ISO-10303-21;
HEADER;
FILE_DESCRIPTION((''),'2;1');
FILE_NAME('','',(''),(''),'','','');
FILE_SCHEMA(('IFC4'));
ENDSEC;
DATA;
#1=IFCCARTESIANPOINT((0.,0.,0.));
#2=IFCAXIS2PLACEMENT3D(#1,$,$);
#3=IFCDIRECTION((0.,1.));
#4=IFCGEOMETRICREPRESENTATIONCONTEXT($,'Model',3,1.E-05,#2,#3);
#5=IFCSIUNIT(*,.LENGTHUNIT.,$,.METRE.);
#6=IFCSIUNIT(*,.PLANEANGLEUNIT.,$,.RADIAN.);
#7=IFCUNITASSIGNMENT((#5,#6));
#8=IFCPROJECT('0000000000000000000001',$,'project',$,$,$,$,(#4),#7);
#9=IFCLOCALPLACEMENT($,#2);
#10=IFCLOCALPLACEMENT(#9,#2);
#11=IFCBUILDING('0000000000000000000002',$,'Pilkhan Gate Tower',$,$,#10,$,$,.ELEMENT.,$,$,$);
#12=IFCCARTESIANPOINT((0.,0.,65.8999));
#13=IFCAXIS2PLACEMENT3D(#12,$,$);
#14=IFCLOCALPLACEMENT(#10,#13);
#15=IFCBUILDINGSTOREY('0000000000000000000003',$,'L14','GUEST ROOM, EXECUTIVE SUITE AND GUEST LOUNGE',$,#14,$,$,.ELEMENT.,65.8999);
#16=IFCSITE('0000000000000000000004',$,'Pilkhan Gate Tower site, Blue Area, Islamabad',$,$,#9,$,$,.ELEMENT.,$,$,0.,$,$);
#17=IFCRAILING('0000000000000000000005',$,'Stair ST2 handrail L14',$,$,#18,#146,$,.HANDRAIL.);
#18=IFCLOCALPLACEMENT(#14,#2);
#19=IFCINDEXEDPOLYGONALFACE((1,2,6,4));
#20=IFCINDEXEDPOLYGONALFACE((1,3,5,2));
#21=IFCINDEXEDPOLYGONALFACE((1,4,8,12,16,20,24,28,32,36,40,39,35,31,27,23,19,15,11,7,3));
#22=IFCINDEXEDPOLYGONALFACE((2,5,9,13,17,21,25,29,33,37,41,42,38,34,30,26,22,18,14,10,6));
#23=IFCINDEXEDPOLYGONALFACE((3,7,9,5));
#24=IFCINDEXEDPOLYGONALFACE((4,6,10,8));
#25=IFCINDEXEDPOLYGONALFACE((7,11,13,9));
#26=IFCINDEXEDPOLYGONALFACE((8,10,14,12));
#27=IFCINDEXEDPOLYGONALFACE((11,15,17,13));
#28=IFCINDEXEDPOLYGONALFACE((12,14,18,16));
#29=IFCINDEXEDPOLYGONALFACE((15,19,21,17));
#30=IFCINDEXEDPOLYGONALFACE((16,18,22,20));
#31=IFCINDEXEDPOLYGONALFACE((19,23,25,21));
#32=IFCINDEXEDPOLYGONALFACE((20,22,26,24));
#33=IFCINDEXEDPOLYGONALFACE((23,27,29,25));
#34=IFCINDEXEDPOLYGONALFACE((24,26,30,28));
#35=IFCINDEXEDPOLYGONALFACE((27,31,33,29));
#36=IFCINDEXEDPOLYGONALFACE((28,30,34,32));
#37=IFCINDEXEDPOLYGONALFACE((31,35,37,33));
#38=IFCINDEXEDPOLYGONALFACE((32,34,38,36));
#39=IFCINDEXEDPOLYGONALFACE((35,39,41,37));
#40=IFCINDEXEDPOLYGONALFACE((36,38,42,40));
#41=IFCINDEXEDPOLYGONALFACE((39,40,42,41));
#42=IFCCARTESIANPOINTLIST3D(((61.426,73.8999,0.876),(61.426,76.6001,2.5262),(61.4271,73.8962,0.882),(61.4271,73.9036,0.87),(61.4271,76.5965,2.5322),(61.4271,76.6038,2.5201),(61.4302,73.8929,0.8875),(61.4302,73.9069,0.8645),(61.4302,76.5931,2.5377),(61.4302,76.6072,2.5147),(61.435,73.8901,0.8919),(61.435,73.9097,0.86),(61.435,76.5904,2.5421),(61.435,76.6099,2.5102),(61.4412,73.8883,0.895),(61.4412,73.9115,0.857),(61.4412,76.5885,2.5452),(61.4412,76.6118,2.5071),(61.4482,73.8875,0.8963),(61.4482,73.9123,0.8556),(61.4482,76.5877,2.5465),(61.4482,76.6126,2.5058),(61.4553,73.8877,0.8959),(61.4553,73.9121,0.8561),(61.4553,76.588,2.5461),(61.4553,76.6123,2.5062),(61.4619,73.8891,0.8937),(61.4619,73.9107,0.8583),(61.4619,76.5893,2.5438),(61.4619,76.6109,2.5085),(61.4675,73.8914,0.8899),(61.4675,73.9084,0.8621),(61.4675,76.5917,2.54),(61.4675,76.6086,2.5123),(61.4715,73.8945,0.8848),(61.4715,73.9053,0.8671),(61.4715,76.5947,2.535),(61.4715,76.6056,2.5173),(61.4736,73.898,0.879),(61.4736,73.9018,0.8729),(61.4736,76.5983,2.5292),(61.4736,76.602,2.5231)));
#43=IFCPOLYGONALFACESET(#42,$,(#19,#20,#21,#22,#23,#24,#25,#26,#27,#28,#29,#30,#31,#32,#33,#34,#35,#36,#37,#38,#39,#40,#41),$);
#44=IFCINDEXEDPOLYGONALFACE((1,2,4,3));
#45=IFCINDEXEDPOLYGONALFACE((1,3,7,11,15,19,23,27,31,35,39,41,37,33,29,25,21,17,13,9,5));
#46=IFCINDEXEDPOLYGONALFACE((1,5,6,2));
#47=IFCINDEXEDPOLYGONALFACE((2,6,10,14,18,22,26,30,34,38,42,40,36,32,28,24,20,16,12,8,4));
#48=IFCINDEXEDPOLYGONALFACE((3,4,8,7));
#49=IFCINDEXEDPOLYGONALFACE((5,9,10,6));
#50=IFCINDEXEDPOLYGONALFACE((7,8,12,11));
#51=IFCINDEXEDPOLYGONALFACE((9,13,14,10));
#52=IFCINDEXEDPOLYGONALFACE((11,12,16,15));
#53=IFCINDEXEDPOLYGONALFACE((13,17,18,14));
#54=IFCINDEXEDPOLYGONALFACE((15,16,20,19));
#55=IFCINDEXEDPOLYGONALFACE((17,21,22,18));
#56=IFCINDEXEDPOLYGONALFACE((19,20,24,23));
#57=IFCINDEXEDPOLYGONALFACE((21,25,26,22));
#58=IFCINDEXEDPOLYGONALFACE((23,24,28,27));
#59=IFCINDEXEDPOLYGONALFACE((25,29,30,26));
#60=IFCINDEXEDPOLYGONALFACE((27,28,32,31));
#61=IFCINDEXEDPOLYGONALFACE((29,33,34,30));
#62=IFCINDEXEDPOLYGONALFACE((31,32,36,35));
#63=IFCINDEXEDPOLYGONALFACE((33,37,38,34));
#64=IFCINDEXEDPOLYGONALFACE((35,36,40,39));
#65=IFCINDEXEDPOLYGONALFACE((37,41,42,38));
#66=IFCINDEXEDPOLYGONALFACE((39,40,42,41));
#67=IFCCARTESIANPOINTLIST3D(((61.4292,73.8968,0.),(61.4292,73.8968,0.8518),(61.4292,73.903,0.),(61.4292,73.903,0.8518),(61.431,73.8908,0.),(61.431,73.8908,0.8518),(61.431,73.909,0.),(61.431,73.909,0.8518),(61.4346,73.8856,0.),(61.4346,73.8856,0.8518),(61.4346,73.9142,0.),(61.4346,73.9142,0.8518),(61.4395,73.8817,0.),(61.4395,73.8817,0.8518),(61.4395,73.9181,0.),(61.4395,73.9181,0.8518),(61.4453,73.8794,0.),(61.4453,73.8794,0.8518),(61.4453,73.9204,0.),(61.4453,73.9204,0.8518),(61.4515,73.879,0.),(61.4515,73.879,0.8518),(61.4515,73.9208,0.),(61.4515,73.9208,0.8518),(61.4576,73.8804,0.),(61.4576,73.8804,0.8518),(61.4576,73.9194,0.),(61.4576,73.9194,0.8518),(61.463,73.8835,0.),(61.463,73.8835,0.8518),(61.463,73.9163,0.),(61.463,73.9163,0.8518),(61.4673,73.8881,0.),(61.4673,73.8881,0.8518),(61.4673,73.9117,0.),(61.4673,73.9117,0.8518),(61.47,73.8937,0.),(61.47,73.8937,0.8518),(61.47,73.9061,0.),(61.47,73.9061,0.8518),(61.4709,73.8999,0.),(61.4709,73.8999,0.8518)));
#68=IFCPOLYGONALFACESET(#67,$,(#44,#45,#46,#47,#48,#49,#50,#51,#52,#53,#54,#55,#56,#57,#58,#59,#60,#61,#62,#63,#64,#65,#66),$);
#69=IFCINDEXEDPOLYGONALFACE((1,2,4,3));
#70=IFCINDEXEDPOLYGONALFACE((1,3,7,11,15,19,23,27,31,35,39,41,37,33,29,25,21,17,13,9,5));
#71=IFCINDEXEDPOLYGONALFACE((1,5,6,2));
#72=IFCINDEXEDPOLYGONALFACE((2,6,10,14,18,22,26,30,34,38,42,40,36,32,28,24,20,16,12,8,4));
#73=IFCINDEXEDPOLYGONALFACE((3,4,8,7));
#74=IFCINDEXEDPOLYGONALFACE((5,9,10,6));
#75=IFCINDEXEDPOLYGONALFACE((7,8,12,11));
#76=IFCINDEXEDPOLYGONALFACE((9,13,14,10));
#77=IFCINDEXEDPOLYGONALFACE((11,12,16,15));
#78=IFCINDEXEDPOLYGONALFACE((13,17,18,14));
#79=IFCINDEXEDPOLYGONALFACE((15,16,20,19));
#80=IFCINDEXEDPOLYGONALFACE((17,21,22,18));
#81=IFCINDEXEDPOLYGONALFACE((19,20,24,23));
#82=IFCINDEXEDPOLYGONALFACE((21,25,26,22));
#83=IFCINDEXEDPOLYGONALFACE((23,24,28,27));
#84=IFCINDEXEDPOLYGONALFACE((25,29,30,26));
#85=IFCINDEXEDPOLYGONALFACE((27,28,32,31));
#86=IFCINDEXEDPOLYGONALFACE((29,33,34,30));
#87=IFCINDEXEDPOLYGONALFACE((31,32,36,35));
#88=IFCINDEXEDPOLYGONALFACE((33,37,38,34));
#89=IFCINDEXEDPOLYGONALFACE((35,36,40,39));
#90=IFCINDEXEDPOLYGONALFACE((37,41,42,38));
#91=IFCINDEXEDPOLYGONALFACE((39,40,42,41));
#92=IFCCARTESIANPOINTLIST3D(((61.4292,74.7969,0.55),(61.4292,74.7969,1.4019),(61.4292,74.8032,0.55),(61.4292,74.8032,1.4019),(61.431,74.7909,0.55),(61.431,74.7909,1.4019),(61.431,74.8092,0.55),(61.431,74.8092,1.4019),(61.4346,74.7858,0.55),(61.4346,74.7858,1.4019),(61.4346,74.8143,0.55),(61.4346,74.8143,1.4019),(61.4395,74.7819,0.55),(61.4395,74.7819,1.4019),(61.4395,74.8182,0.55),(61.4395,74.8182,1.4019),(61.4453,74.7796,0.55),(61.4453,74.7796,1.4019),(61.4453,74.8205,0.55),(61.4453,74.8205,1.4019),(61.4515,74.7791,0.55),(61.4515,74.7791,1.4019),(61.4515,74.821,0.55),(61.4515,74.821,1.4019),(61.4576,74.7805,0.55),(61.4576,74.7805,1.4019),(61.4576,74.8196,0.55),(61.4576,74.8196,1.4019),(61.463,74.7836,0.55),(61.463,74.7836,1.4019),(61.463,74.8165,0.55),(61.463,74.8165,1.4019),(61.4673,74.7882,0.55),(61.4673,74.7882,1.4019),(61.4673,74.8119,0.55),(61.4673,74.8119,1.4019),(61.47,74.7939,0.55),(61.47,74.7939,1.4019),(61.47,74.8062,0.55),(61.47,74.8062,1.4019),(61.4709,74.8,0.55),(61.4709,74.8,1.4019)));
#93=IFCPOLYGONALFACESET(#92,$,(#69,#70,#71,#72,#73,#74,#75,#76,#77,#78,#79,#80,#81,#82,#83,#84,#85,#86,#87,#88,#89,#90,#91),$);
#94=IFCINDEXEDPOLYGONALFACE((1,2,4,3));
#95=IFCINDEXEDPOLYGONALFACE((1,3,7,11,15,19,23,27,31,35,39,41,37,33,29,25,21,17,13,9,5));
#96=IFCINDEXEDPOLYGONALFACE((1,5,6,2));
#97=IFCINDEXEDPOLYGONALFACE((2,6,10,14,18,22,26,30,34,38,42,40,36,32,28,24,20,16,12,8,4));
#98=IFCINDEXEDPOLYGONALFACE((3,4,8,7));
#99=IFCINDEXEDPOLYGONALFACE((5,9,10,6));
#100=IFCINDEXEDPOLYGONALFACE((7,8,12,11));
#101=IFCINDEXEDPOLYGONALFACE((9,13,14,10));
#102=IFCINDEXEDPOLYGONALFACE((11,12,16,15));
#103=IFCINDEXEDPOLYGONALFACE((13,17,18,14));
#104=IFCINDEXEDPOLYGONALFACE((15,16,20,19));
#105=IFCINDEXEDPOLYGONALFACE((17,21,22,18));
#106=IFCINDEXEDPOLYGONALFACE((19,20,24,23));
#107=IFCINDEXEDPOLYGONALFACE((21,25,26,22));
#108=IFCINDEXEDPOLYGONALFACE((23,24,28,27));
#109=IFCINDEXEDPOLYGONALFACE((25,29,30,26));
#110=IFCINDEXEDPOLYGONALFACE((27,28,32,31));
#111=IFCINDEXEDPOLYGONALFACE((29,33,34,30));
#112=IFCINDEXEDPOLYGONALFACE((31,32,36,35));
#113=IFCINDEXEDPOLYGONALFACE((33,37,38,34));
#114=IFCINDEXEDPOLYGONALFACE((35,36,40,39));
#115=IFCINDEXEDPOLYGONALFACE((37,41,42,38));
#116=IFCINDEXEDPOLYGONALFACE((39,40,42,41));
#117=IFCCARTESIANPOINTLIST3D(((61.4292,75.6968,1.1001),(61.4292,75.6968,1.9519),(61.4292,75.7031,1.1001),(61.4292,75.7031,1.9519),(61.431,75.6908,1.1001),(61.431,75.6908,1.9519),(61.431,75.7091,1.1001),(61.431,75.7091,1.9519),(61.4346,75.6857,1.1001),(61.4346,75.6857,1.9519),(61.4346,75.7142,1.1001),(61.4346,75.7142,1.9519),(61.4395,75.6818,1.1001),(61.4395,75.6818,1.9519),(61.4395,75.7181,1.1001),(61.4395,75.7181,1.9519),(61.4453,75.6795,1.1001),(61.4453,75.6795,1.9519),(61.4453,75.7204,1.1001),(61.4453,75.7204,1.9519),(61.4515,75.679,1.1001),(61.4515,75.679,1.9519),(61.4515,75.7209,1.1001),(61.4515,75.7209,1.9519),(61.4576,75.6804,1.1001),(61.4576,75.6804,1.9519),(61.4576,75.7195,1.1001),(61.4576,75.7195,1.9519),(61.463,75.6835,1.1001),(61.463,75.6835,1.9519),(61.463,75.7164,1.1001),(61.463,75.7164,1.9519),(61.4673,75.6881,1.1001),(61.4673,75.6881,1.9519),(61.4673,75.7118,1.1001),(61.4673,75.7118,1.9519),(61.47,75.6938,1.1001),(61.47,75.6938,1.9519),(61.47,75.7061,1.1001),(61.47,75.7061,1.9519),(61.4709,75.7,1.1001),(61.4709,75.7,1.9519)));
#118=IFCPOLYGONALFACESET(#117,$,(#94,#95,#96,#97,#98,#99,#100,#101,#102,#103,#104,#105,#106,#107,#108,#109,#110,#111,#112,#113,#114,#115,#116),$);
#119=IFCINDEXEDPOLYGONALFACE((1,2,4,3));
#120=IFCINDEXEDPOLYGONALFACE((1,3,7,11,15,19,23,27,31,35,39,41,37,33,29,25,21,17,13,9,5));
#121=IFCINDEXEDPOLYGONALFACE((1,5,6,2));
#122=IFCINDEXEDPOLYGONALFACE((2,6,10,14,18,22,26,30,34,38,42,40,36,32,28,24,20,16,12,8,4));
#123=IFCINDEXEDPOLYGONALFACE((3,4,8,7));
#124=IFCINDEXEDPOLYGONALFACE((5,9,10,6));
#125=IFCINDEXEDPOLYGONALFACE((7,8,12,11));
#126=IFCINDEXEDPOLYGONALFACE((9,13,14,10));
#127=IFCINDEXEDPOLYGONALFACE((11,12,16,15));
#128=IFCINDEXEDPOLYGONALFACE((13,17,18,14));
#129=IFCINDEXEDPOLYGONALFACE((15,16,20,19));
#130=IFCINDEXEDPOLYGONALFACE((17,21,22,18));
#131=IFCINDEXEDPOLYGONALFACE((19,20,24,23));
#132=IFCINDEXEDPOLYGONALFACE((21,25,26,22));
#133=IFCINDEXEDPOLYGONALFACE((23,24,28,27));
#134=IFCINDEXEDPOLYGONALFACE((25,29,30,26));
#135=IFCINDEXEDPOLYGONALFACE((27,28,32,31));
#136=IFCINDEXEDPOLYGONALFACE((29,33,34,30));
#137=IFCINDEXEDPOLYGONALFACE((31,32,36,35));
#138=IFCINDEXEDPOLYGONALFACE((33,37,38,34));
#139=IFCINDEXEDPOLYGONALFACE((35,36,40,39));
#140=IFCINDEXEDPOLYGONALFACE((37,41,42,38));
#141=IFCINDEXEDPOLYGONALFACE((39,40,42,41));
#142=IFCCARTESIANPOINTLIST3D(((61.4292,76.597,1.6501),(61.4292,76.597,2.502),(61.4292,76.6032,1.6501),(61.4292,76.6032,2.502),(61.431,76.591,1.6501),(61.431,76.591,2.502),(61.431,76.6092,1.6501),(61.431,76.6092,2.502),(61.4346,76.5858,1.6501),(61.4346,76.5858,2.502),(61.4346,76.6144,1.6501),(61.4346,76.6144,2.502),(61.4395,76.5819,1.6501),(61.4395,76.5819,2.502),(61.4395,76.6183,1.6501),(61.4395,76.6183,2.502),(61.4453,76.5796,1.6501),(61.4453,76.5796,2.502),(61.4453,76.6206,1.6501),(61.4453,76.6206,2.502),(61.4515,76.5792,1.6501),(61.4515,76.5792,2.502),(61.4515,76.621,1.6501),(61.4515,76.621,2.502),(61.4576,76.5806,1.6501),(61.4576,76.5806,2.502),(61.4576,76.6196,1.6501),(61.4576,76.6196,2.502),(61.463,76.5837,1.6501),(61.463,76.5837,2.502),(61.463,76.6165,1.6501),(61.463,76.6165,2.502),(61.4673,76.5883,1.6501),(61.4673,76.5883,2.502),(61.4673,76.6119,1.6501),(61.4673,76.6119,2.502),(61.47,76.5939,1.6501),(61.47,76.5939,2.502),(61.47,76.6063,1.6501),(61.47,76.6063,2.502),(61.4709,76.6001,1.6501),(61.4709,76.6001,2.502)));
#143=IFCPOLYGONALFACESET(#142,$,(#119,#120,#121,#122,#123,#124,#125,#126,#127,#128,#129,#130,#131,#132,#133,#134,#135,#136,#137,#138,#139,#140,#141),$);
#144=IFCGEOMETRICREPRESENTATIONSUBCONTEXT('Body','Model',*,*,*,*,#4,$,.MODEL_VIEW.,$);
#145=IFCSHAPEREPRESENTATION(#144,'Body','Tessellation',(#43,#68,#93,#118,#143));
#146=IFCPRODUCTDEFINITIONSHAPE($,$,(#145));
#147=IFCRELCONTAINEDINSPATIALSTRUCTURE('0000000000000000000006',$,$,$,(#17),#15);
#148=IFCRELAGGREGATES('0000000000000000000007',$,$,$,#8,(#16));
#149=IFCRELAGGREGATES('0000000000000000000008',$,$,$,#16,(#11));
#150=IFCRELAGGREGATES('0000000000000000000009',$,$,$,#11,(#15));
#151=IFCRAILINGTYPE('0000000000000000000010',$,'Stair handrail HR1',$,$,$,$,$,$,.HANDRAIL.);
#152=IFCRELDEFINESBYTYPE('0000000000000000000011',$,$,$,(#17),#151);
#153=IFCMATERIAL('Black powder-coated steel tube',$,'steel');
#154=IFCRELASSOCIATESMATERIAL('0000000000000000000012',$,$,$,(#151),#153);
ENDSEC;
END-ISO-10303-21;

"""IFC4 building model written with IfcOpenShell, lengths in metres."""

from ifc_helpers import new_model, si_unit, direction, frame, origin, origin_2d, place, context, subcontext, project, spatial, circle, extrude, material, type_object, element, save


model = new_model("IFC4")

# Units and contexts
model_context = context("Model", 3, precision=1e-05, world=origin(), true_north=direction((0.0, 1.0)))
body_context = subcontext(model_context, "Body", "Model", "MODEL_VIEW")
ifc_project = project(units=[si_unit("LENGTHUNIT", "METRE"), si_unit("PLANEANGLEUNIT", "RADIAN")], contexts=[model_context])

# Site, building, storey
site_placement = place(None, origin())
site = spatial("IfcSite", under=ifc_project, at=site_placement, Name="Pilkhan Gate Tower site, Blue Area, Islamabad", CompositionType="ELEMENT", RefElevation=0.0)
building_placement = place(site_placement, origin())
building = spatial("IfcBuilding", under=site, at=building_placement, Name="Pilkhan Gate Tower", CompositionType="ELEMENT")
storey_placement = place(building_placement, frame((0.0, 0.0, 65.8999)))
storey = spatial("IfcBuildingStorey", under=building, at=storey_placement, Name="L14", Description="GUEST ROOM, EXECUTIVE SUITE AND GUEST LOUNGE", CompositionType="ELEMENT", Elevation=65.8999)

# Railing
ifc_material_1 = material(Name="Black powder-coated steel tube", Category="steel")
railing_type_1 = type_object("IfcRailingType", Name="Stair handrail HR1", PredefinedType="HANDRAIL", material=ifc_material_1)
railing_1_placement = place(storey_placement, frame((61.45, 73.8999, 0.0)))
element("IfcRailing", 1, at=railing_1_placement, inside=storey, type_object=railing_type_1, Name="Stair ST2 handrail L14", PredefinedType="HANDRAIL", context=body_context, shape_type="SweptSolid", body=[
    extrude(circle(Radius=0.0239, at=origin_2d()), frame((0.0, 0.0, 0.876), z_axis=(0.0, 0.853278, 0.521456), x_axis=(-1.0, 0.0, 0.0)), (0.0, 0.0, 1.0), 3.1646),
    extrude(circle(Radius=0.021, at=origin_2d()), origin(), (0.0, 0.0, 1.0), 0.8518),
    extrude(circle(Radius=0.021, at=origin_2d()), frame((0.0, 0.9001, 0.55)), (0.0, 0.0, 1.0), 0.8518),
    extrude(circle(Radius=0.021, at=origin_2d()), frame((0.0, 1.8, 1.1001)), (0.0, 0.0, 1.0), 0.8518),
    extrude(circle(Radius=0.021, at=origin_2d()), frame((0.0, 2.7002, 1.6501)), (0.0, 0.0, 1.0), 0.8518),
])

save(model, "model.ifc")
